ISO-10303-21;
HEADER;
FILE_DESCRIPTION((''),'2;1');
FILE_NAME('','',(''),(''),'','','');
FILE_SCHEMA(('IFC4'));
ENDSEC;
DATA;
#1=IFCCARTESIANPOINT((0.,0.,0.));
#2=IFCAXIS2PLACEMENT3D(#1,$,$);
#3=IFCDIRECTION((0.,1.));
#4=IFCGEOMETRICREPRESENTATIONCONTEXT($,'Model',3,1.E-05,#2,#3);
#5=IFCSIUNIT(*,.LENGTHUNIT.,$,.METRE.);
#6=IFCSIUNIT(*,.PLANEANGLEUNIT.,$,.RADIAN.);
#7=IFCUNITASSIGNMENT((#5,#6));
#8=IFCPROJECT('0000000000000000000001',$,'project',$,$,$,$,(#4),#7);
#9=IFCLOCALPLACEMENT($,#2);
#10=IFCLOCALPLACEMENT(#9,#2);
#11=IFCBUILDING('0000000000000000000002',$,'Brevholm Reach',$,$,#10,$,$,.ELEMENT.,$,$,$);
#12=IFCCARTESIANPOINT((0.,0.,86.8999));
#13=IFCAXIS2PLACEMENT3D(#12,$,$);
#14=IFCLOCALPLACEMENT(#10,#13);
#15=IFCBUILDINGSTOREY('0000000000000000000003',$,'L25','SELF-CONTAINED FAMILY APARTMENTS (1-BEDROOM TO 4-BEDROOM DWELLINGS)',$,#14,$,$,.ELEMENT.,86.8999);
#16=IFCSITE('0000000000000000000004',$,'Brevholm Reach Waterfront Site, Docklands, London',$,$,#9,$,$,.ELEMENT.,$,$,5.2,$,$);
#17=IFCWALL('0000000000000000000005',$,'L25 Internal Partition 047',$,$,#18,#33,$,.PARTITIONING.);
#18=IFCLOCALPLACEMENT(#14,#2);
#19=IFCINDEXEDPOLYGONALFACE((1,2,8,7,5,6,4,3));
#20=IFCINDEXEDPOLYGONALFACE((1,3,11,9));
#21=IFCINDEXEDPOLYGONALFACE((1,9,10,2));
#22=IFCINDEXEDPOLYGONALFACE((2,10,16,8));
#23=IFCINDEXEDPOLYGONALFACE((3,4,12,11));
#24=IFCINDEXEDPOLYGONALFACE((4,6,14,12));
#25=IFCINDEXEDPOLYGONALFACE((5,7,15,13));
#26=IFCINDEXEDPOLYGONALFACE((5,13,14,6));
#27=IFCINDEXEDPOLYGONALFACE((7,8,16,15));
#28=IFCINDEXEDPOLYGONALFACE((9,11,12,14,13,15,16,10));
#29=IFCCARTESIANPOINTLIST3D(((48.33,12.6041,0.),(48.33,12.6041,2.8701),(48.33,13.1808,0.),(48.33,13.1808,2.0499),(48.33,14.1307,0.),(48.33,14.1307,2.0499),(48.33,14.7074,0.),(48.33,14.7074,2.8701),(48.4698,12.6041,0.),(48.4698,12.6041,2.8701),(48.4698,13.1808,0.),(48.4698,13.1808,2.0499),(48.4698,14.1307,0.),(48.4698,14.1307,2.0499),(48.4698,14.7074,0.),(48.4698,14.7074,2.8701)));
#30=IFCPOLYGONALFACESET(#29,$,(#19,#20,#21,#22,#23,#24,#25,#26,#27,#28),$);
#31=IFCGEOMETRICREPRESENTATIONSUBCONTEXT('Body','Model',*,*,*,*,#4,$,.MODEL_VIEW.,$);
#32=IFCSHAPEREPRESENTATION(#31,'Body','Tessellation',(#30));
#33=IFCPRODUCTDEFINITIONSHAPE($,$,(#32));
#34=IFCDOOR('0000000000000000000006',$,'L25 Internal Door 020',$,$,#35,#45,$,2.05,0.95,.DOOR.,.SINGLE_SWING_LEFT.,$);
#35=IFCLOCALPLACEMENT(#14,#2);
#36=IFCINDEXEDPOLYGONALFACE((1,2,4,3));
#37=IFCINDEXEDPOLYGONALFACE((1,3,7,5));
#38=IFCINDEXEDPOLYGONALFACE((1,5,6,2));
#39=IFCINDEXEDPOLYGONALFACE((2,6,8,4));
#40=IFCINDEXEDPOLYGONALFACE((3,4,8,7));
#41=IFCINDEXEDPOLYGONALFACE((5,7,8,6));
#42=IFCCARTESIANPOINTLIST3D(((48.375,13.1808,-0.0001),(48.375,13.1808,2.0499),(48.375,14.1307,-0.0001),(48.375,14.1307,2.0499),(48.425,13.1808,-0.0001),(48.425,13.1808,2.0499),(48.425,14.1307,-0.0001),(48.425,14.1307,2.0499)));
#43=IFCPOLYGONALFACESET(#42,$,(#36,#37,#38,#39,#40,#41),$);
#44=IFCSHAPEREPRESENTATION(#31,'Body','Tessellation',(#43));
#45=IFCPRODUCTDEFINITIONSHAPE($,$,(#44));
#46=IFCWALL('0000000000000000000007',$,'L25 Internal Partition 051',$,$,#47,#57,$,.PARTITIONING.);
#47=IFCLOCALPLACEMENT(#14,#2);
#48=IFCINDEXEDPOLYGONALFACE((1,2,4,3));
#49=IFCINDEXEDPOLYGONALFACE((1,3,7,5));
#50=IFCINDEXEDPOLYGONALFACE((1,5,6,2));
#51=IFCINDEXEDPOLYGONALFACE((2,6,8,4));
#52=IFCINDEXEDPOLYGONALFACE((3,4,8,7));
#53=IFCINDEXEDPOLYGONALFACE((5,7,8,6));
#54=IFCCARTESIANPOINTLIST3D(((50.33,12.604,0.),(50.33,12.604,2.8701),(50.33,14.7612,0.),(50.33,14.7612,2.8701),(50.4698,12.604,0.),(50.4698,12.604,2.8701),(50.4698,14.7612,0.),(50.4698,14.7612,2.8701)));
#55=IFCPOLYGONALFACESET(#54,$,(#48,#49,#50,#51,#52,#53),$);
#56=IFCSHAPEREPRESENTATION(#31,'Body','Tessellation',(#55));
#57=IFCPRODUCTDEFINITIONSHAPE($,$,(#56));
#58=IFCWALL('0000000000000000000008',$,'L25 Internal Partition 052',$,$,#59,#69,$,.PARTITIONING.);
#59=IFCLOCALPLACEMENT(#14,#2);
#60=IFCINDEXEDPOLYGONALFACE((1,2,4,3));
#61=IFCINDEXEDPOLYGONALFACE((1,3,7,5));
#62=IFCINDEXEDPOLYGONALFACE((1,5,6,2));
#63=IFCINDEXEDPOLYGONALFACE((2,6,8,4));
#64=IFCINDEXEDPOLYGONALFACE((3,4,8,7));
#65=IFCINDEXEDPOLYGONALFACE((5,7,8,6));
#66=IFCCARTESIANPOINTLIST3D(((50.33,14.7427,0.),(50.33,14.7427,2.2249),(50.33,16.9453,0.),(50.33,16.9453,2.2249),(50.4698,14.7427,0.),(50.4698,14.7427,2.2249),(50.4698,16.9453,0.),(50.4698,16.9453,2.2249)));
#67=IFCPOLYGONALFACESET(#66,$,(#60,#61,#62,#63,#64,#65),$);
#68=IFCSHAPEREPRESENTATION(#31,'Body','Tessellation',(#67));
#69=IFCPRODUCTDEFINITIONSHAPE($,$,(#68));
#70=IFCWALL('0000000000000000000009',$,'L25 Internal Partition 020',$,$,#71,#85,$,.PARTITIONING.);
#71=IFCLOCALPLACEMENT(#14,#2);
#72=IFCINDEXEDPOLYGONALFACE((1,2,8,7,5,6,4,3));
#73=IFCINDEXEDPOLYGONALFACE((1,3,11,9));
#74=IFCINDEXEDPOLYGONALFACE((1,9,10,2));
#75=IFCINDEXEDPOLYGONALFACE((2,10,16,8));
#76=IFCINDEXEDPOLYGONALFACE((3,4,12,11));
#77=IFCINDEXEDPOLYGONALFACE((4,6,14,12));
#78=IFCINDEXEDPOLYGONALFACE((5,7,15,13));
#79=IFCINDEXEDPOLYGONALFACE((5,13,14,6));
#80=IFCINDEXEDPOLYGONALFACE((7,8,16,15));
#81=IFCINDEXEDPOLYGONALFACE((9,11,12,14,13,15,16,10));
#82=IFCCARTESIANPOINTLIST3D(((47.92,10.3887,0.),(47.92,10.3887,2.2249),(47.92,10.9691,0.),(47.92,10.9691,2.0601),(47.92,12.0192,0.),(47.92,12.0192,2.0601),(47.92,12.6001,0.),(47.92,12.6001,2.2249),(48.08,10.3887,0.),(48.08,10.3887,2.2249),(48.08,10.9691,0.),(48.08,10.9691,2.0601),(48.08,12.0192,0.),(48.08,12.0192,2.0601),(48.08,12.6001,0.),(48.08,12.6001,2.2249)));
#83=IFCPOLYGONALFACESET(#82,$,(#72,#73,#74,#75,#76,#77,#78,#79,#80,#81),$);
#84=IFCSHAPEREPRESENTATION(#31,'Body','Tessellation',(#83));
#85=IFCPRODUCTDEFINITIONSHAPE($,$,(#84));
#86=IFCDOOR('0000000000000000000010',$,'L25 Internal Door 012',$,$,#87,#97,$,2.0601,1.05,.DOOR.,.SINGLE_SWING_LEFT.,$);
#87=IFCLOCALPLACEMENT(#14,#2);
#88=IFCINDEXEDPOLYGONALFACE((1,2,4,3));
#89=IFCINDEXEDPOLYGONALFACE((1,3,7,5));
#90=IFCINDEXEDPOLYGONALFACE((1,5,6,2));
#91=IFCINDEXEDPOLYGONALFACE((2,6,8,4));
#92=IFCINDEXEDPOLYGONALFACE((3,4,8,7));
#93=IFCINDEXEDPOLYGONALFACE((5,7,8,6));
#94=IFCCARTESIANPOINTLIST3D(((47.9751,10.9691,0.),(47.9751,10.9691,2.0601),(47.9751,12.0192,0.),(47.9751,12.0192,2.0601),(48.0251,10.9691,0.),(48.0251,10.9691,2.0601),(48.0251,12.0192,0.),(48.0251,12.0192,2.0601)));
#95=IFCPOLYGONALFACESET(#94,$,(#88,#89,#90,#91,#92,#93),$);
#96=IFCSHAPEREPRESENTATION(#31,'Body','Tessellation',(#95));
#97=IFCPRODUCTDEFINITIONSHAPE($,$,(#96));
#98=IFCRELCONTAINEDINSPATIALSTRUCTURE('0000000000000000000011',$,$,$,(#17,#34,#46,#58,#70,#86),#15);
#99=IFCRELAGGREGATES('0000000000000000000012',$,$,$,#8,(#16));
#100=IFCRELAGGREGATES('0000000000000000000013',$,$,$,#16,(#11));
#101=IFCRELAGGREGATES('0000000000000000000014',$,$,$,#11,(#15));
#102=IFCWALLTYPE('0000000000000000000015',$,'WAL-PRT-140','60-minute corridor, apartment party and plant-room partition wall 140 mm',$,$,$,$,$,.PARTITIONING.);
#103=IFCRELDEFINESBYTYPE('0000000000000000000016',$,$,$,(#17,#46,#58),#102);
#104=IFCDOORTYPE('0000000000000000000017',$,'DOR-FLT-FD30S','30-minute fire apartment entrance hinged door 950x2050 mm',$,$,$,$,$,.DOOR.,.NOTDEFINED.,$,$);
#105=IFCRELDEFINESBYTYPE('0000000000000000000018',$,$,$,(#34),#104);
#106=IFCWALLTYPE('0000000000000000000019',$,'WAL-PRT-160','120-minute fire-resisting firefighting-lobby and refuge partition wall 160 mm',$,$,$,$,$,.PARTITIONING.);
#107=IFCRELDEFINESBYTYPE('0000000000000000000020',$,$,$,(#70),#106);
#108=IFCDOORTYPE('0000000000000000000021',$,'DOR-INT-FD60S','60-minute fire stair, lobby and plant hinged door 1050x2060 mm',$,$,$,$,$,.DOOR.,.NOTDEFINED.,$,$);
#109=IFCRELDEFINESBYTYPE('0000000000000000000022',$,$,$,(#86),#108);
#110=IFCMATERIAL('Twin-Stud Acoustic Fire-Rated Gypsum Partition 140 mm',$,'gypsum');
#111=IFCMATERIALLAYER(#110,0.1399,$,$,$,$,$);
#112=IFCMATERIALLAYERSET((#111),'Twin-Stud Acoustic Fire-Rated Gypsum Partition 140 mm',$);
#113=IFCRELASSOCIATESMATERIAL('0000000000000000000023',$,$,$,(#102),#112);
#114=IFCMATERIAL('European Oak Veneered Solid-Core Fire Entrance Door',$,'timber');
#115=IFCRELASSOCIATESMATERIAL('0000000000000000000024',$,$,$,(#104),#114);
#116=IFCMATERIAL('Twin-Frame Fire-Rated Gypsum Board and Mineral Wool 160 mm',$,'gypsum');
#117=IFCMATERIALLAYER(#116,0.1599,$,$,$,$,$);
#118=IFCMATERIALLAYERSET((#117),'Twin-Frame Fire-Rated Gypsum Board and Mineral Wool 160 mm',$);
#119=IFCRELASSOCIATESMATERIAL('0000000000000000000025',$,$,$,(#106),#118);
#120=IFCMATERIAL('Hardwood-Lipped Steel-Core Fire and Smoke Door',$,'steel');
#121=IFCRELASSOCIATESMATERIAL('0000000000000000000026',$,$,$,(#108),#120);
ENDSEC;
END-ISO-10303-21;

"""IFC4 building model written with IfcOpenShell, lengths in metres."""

from ifc_helpers import new_model, si_unit, direction, frame, frame_2d, origin, place, context, subcontext, project, spatial, rectangle, extrude, material, layer, layer_set, type_object, element, fill, save


model = new_model("IFC4")

# Units and contexts
model_context = context("Model", 3, precision=1e-05, world=origin(), true_north=direction((0.0, 1.0)))
body_context = subcontext(model_context, "Body", "Model", "MODEL_VIEW")
ifc_project = project(units=[si_unit("LENGTHUNIT", "METRE"), si_unit("PLANEANGLEUNIT", "RADIAN")], contexts=[model_context])

# Site, building, storey
site_placement = place(None, origin())
site = spatial("IfcSite", under=ifc_project, at=site_placement, Name="Brevholm Reach Waterfront Site, Docklands, London", CompositionType="ELEMENT", RefElevation=5.2)
building_placement = place(site_placement, origin())
building = spatial("IfcBuilding", under=site, at=building_placement, Name="Brevholm Reach", CompositionType="ELEMENT")
storey_placement = place(building_placement, frame((0.0, 0.0, 86.8999)))
storey = spatial("IfcBuildingStorey", under=building, at=storey_placement, Name="L25", Description="SELF-CONTAINED FAMILY APARTMENTS (1-BEDROOM TO 4-BEDROOM DWELLINGS)", CompositionType="ELEMENT", Elevation=86.8999)

# Shared definitions
ifc_material_1 = material(Name="Twin-Stud Acoustic Fire-Rated Gypsum Partition 140 mm", Category="gypsum")
ifc_layer_1 = layer(ifc_material_1, 0.1399)
ifc_layer_set_1 = layer_set([ifc_layer_1], Name="Twin-Stud Acoustic Fire-Rated Gypsum Partition 140 mm")
wall_type_1 = type_object("IfcWallType", Name="WAL-PRT-140", Description="60-minute corridor, apartment party and plant-room partition wall 140 mm", PredefinedType="PARTITIONING", material=ifc_layer_set_1)

# Shared definitions
ifc_material_2 = material(Name="European Oak Veneered Solid-Core Fire Entrance Door", Category="timber")
door_type_1 = type_object("IfcDoorType", Name="DOR-FLT-FD30S", Description="30-minute fire apartment entrance hinged door 950x2050 mm", OperationType="NOTDEFINED", PredefinedType="DOOR", material=ifc_material_2)

# Wall, opening, door
wall_1_placement = place(storey_placement, frame((48.3999, 12.604, 0.0), z_axis=(0.0, 0.0, 1.0), x_axis=(0.0, 1.0, 0.0)))
wall_1 = element("IfcWall", 1, at=wall_1_placement, inside=storey, type_object=wall_type_1, Name="L25 Internal Partition 047", PredefinedType="PARTITIONING", context=body_context, shape_type="SweptSolid", body=[
    extrude(rectangle(XDim=2.1033, YDim=0.1399, at=frame_2d((1.0518, 0.0))), origin(), (0.0, 0.0, 1.0), 2.8701),
])
opening_1_placement = place(wall_1_placement, frame((0.5767, 0.0, 0.0)))
opening_1 = element("IfcOpeningElement", 2, at=opening_1_placement, cuts=wall_1, PredefinedType="OPENING", context=body_context, shape_type="SweptSolid", body=[
    extrude(rectangle(XDim=0.95, YDim=2.05, at=frame_2d((0.4751, 1.0249))), frame((0.0, 0.0798, 0.0), z_axis=(0.0, -1.0, 0.0), x_axis=(1.0, 0.0, 0.0)), (0.0, 0.0, 1.0), 0.1599),
])
door_1_placement = place(opening_1_placement, origin())
door_1 = element("IfcDoor", 3, at=door_1_placement, inside=storey, type_object=door_type_1, Name="L25 Internal Door 020", OperationType="SINGLE_SWING_LEFT", OverallHeight=2.05, OverallWidth=0.95, PredefinedType="DOOR", context=body_context, shape_type="SweptSolid", body=[
    extrude(rectangle(XDim=0.95, YDim=2.05, at=frame_2d((0.4751, 1.0249))), frame((0.0, 0.0249, 0.0), z_axis=(0.0, -1.0, 0.0), x_axis=(1.0, 0.0, 0.0)), (0.0, 0.0, 1.0), 0.05),
])
fill(opening_1, door_1)

# Walls
wall_2_placement = place(storey_placement, frame((50.3999, 12.604, 0.0), z_axis=(0.0, 0.0, 1.0), x_axis=(0.0, 1.0, 0.0)))
element("IfcWall", 4, at=wall_2_placement, inside=storey, type_object=wall_type_1, Name="L25 Internal Partition 051", PredefinedType="PARTITIONING", context=body_context, shape_type="SweptSolid", body=[
    extrude(rectangle(XDim=2.1572, YDim=0.1399, at=frame_2d((1.0786, 0.0))), origin(), (0.0, 0.0, 1.0), 2.8701),
])
wall_3_placement = place(storey_placement, frame((50.3999, 14.7427, 0.0), z_axis=(0.0, 0.0, 1.0), x_axis=(0.0, 1.0, 0.0)))
element("IfcWall", 5, at=wall_3_placement, inside=storey, type_object=wall_type_1, Name="L25 Internal Partition 052", PredefinedType="PARTITIONING", context=body_context, shape_type="SweptSolid", body=[
    extrude(rectangle(XDim=2.2026, YDim=0.1399, at=frame_2d((1.1013, 0.0))), origin(), (0.0, 0.0, 1.0), 2.2249),
])

# Wall, opening, door
ifc_material_3 = material(Name="Twin-Frame Fire-Rated Gypsum Board and Mineral Wool 160 mm", Category="gypsum")
ifc_layer_2 = layer(ifc_material_3, 0.1599)
ifc_layer_set_2 = layer_set([ifc_layer_2], Name="Twin-Frame Fire-Rated Gypsum Board and Mineral Wool 160 mm")
wall_type_2 = type_object("IfcWallType", Name="WAL-PRT-160", Description="120-minute fire-resisting firefighting-lobby and refuge partition wall 160 mm", PredefinedType="PARTITIONING", material=ifc_layer_set_2)
wall_4_placement = place(storey_placement, frame((48.0, 10.3887, 0.0), z_axis=(0.0, 0.0, 1.0), x_axis=(0.0, 1.0, 0.0)))
wall_4 = element("IfcWall", 6, at=wall_4_placement, inside=storey, type_object=wall_type_2, Name="L25 Internal Partition 020", PredefinedType="PARTITIONING", context=body_context, shape_type="SweptSolid", body=[
    extrude(rectangle(XDim=2.2114, YDim=0.1599, at=frame_2d((1.1057, 0.0))), origin(), (0.0, 0.0, 1.0), 2.2249),
])
opening_2_placement = place(wall_4_placement, frame((0.5806, 0.0, 0.0)))
opening_2 = element("IfcOpeningElement", 7, at=opening_2_placement, cuts=wall_4, PredefinedType="OPENING", context=body_context, shape_type="SweptSolid", body=[
    extrude(rectangle(XDim=1.05, YDim=2.0601, at=frame_2d((0.5249, 1.03))), frame((0.0, 0.0898, 0.0), z_axis=(0.0, -1.0, 0.0), x_axis=(1.0, 0.0, 0.0)), (0.0, 0.0, 1.0), 0.1799),
])
ifc_material_4 = material(Name="Hardwood-Lipped Steel-Core Fire and Smoke Door", Category="steel")
door_type_2 = type_object("IfcDoorType", Name="DOR-INT-FD60S", Description="60-minute fire stair, lobby and plant hinged door 1050x2060 mm", OperationType="NOTDEFINED", PredefinedType="DOOR", material=ifc_material_4)
door_2_placement = place(opening_2_placement, origin())
door_2 = element("IfcDoor", 8, at=door_2_placement, inside=storey, type_object=door_type_2, Name="L25 Internal Door 012", OperationType="SINGLE_SWING_LEFT", OverallHeight=2.0601, OverallWidth=1.05, PredefinedType="DOOR", context=body_context, shape_type="SweptSolid", body=[
    extrude(rectangle(XDim=1.05, YDim=2.0601, at=frame_2d((0.5249, 1.03))), frame((0.0, 0.0249, 0.0), z_axis=(0.0, -1.0, 0.0), x_axis=(1.0, 0.0, 0.0)), (0.0, 0.0, 1.0), 0.05),
])
fill(opening_2, door_2)

save(model, "model.ifc")
